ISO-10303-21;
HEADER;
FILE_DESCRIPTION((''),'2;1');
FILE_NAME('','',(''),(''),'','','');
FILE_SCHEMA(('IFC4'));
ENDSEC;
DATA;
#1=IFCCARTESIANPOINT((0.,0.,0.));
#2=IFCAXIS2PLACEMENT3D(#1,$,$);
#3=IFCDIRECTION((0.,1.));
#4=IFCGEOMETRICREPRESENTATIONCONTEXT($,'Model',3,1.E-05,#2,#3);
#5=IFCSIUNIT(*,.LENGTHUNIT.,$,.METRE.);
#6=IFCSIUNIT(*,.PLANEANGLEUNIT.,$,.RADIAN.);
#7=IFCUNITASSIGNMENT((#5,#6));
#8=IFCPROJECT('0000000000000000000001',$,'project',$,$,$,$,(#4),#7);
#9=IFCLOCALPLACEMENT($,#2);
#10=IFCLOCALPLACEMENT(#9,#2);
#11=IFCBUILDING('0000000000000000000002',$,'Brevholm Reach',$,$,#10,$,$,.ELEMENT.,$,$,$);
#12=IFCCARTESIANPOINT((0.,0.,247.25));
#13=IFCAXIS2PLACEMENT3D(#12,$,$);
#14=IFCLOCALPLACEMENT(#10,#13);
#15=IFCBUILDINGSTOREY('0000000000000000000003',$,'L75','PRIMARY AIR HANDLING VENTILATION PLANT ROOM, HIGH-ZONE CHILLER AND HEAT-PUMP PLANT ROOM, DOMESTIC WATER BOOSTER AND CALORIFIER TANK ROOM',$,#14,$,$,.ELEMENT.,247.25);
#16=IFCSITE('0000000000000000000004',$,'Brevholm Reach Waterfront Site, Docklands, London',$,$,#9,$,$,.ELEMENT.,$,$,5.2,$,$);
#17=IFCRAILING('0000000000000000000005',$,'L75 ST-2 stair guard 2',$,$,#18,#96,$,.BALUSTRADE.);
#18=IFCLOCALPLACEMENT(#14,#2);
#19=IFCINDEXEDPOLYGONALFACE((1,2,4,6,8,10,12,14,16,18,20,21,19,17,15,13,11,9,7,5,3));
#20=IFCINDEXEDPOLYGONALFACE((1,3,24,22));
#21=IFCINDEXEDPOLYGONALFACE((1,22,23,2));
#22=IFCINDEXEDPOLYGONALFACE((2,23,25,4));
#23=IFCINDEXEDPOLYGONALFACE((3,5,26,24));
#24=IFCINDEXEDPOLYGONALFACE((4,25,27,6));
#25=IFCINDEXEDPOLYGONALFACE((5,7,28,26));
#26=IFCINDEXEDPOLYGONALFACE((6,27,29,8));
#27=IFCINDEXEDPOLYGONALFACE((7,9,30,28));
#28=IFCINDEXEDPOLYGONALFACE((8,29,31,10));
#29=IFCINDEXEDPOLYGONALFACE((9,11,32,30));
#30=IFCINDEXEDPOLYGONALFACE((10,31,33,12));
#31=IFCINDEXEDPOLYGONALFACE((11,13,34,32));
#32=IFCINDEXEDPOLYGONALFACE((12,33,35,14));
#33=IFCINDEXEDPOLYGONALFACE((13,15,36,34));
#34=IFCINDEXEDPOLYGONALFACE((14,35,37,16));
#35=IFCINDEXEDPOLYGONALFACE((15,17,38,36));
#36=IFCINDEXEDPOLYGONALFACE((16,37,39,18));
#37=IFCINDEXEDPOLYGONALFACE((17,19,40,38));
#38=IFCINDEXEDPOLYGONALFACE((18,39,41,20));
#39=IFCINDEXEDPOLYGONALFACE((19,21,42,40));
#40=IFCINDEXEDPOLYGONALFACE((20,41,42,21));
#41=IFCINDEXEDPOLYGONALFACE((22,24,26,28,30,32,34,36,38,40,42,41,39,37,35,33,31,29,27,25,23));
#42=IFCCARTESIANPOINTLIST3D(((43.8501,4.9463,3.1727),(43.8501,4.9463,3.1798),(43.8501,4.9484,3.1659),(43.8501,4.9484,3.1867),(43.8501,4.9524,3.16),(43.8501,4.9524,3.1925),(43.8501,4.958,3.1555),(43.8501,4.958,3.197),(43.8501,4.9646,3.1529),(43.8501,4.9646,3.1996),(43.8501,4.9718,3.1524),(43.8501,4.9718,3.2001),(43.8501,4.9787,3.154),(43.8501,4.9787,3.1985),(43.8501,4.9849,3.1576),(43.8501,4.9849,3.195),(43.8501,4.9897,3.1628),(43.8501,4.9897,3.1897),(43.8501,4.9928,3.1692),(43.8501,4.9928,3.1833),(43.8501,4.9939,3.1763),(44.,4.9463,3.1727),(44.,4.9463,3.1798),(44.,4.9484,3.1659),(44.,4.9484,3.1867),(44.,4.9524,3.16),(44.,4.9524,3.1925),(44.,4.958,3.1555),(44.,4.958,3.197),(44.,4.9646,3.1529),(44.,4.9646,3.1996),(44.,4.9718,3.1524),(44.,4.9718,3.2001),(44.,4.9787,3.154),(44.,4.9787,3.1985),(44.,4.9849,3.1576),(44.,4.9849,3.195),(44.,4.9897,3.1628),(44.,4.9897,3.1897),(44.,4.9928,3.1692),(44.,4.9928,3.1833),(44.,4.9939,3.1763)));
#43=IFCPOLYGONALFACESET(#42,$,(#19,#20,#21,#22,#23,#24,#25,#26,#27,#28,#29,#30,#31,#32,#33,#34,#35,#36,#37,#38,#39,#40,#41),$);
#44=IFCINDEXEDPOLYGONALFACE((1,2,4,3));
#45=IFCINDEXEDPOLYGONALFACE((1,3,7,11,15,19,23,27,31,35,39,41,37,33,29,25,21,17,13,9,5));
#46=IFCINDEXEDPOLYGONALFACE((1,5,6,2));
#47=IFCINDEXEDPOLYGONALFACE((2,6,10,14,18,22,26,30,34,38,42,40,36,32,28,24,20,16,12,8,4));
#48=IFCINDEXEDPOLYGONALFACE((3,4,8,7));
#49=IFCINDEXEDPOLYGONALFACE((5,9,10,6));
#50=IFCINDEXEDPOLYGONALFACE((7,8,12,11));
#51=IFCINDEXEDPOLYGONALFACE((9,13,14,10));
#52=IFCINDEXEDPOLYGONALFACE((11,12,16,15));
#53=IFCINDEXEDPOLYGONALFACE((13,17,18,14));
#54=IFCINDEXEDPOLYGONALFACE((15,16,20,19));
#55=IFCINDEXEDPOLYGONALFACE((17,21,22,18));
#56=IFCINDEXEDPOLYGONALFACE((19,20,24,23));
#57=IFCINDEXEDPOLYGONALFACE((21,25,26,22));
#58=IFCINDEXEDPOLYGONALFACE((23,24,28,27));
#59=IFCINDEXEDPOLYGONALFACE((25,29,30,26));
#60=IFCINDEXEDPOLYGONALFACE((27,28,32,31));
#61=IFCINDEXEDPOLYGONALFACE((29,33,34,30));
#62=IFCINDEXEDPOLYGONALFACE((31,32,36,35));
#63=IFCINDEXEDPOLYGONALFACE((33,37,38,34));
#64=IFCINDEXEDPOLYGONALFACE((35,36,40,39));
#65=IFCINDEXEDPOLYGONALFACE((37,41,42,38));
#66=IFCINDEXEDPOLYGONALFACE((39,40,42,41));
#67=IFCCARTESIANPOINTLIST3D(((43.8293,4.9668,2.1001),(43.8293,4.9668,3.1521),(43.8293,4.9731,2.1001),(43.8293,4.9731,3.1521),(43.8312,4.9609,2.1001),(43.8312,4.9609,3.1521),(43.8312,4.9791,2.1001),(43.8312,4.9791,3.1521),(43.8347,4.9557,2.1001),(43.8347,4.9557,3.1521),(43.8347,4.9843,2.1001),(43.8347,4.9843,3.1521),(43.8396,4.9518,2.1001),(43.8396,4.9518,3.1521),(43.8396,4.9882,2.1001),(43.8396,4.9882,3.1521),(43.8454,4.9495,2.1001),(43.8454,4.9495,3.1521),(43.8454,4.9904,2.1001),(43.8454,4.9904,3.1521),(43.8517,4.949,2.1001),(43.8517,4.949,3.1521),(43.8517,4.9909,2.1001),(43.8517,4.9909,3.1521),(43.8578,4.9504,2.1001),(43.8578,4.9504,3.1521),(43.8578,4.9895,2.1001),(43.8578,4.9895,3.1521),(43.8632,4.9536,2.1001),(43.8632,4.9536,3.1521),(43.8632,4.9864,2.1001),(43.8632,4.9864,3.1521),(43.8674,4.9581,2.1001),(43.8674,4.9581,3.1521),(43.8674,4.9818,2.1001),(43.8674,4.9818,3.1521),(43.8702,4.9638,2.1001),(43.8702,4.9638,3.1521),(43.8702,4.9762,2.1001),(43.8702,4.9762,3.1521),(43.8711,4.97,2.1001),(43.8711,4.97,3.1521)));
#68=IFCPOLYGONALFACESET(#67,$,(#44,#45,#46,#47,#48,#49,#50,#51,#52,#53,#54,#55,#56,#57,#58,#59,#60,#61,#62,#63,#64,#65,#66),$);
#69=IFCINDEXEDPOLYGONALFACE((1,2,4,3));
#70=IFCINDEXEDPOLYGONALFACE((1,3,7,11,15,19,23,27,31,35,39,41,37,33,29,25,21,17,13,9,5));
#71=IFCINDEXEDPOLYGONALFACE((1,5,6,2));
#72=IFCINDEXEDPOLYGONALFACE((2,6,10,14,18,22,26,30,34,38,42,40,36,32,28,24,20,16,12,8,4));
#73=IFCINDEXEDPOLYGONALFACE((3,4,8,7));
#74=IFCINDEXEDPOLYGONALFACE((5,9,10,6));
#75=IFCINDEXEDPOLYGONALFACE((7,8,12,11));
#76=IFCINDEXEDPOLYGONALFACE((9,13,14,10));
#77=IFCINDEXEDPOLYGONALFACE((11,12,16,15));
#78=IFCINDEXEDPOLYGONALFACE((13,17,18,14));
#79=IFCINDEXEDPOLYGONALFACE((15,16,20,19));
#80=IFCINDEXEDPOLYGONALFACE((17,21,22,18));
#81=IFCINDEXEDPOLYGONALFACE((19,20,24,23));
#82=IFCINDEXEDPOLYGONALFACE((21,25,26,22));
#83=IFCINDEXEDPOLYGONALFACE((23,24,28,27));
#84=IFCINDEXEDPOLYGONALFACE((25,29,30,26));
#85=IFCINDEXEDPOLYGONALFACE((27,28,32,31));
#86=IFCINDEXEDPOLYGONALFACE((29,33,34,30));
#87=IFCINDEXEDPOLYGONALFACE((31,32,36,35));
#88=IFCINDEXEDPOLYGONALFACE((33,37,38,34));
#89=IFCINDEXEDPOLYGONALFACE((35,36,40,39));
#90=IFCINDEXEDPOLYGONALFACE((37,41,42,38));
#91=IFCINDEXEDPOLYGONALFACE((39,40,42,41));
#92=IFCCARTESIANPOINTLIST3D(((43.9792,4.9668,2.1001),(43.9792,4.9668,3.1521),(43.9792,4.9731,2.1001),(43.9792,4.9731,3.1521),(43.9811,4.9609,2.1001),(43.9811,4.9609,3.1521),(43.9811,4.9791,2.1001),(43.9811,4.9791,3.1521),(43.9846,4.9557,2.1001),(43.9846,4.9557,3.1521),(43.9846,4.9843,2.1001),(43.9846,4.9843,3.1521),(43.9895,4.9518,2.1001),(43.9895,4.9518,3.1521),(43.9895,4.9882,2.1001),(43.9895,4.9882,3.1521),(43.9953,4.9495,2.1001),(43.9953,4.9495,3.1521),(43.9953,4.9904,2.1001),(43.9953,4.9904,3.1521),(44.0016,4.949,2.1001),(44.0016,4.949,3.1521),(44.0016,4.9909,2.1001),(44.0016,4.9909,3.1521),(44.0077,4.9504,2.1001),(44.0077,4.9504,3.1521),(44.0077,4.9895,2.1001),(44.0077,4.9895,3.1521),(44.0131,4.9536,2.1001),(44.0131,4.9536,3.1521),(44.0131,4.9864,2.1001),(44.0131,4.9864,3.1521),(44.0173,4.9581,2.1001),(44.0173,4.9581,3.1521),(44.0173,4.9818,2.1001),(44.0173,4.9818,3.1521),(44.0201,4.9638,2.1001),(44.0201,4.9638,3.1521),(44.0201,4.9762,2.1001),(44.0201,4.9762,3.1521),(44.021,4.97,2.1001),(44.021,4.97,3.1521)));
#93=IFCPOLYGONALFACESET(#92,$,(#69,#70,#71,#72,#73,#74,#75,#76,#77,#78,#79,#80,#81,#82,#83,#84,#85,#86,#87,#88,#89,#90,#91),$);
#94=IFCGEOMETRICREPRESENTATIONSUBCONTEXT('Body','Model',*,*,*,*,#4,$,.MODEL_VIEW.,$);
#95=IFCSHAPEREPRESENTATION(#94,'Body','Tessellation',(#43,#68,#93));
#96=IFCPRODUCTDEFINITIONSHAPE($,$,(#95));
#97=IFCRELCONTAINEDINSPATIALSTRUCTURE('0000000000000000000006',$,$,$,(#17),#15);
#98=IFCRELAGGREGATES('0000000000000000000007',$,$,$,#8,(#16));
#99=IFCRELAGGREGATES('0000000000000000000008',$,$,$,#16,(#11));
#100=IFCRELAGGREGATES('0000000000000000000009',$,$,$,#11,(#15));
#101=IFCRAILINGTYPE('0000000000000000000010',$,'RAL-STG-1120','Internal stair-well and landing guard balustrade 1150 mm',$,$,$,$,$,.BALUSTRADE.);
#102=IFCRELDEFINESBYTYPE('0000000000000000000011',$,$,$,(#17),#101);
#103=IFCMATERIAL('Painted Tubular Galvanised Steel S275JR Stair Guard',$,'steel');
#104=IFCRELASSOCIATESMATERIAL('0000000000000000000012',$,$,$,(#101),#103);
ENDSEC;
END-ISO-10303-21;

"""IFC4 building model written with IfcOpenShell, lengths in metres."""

from ifc_helpers import new_model, si_unit, direction, frame, origin, origin_2d, place, context, subcontext, project, spatial, circle, extrude, material, type_object, element, save


model = new_model("IFC4")

# Units and contexts
model_context = context("Model", 3, precision=1e-05, world=origin(), true_north=direction((0.0, 1.0)))
body_context = subcontext(model_context, "Body", "Model", "MODEL_VIEW")
ifc_project = project(units=[si_unit("LENGTHUNIT", "METRE"), si_unit("PLANEANGLEUNIT", "RADIAN")], contexts=[model_context])

# Site, building, storey
site_placement = place(None, origin())
site = spatial("IfcSite", under=ifc_project, at=site_placement, Name="Brevholm Reach Waterfront Site, Docklands, London", CompositionType="ELEMENT", RefElevation=5.2)
building_placement = place(site_placement, origin())
building = spatial("IfcBuilding", under=site, at=building_placement, Name="Brevholm Reach", CompositionType="ELEMENT")
storey_placement = place(building_placement, frame((0.0, 0.0, 247.25)))
storey = spatial("IfcBuildingStorey", under=building, at=storey_placement, Name="L75", Description="PRIMARY AIR HANDLING VENTILATION PLANT ROOM, HIGH-ZONE CHILLER AND HEAT-PUMP PLANT ROOM, DOMESTIC WATER BOOSTER AND CALORIFIER TANK ROOM", CompositionType="ELEMENT", Elevation=247.25)

# Railing
ifc_material_1 = material(Name="Painted Tubular Galvanised Steel S275JR Stair Guard", Category="steel")
railing_type_1 = type_object("IfcRailingType", Name="RAL-STG-1120", Description="Internal stair-well and landing guard balustrade 1150 mm", PredefinedType="BALUSTRADE", material=ifc_material_1)
railing_1_placement = place(storey_placement, frame((43.8501, 4.97, 2.1001)))
element("IfcRailing", 1, at=railing_1_placement, inside=storey, type_object=railing_type_1, Name="L75 ST-2 stair guard 2", PredefinedType="BALUSTRADE", context=body_context, shape_type="SweptSolid", body=[
    extrude(circle(Radius=0.0239, at=origin_2d()), frame((0.0, 0.0, 1.0762), z_axis=(1.0, 0.0, 0.0), x_axis=(0.0, 1.0, 0.0)), (0.0, 0.0, 1.0), 0.1499),
    extrude(circle(Radius=0.021, at=origin_2d()), origin(), (0.0, 0.0, 1.0), 1.052),
    extrude(circle(Radius=0.021, at=origin_2d()), frame((0.1499, 0.0, 0.0)), (0.0, 0.0, 1.0), 1.052),
])

save(model, "model.ifc")
